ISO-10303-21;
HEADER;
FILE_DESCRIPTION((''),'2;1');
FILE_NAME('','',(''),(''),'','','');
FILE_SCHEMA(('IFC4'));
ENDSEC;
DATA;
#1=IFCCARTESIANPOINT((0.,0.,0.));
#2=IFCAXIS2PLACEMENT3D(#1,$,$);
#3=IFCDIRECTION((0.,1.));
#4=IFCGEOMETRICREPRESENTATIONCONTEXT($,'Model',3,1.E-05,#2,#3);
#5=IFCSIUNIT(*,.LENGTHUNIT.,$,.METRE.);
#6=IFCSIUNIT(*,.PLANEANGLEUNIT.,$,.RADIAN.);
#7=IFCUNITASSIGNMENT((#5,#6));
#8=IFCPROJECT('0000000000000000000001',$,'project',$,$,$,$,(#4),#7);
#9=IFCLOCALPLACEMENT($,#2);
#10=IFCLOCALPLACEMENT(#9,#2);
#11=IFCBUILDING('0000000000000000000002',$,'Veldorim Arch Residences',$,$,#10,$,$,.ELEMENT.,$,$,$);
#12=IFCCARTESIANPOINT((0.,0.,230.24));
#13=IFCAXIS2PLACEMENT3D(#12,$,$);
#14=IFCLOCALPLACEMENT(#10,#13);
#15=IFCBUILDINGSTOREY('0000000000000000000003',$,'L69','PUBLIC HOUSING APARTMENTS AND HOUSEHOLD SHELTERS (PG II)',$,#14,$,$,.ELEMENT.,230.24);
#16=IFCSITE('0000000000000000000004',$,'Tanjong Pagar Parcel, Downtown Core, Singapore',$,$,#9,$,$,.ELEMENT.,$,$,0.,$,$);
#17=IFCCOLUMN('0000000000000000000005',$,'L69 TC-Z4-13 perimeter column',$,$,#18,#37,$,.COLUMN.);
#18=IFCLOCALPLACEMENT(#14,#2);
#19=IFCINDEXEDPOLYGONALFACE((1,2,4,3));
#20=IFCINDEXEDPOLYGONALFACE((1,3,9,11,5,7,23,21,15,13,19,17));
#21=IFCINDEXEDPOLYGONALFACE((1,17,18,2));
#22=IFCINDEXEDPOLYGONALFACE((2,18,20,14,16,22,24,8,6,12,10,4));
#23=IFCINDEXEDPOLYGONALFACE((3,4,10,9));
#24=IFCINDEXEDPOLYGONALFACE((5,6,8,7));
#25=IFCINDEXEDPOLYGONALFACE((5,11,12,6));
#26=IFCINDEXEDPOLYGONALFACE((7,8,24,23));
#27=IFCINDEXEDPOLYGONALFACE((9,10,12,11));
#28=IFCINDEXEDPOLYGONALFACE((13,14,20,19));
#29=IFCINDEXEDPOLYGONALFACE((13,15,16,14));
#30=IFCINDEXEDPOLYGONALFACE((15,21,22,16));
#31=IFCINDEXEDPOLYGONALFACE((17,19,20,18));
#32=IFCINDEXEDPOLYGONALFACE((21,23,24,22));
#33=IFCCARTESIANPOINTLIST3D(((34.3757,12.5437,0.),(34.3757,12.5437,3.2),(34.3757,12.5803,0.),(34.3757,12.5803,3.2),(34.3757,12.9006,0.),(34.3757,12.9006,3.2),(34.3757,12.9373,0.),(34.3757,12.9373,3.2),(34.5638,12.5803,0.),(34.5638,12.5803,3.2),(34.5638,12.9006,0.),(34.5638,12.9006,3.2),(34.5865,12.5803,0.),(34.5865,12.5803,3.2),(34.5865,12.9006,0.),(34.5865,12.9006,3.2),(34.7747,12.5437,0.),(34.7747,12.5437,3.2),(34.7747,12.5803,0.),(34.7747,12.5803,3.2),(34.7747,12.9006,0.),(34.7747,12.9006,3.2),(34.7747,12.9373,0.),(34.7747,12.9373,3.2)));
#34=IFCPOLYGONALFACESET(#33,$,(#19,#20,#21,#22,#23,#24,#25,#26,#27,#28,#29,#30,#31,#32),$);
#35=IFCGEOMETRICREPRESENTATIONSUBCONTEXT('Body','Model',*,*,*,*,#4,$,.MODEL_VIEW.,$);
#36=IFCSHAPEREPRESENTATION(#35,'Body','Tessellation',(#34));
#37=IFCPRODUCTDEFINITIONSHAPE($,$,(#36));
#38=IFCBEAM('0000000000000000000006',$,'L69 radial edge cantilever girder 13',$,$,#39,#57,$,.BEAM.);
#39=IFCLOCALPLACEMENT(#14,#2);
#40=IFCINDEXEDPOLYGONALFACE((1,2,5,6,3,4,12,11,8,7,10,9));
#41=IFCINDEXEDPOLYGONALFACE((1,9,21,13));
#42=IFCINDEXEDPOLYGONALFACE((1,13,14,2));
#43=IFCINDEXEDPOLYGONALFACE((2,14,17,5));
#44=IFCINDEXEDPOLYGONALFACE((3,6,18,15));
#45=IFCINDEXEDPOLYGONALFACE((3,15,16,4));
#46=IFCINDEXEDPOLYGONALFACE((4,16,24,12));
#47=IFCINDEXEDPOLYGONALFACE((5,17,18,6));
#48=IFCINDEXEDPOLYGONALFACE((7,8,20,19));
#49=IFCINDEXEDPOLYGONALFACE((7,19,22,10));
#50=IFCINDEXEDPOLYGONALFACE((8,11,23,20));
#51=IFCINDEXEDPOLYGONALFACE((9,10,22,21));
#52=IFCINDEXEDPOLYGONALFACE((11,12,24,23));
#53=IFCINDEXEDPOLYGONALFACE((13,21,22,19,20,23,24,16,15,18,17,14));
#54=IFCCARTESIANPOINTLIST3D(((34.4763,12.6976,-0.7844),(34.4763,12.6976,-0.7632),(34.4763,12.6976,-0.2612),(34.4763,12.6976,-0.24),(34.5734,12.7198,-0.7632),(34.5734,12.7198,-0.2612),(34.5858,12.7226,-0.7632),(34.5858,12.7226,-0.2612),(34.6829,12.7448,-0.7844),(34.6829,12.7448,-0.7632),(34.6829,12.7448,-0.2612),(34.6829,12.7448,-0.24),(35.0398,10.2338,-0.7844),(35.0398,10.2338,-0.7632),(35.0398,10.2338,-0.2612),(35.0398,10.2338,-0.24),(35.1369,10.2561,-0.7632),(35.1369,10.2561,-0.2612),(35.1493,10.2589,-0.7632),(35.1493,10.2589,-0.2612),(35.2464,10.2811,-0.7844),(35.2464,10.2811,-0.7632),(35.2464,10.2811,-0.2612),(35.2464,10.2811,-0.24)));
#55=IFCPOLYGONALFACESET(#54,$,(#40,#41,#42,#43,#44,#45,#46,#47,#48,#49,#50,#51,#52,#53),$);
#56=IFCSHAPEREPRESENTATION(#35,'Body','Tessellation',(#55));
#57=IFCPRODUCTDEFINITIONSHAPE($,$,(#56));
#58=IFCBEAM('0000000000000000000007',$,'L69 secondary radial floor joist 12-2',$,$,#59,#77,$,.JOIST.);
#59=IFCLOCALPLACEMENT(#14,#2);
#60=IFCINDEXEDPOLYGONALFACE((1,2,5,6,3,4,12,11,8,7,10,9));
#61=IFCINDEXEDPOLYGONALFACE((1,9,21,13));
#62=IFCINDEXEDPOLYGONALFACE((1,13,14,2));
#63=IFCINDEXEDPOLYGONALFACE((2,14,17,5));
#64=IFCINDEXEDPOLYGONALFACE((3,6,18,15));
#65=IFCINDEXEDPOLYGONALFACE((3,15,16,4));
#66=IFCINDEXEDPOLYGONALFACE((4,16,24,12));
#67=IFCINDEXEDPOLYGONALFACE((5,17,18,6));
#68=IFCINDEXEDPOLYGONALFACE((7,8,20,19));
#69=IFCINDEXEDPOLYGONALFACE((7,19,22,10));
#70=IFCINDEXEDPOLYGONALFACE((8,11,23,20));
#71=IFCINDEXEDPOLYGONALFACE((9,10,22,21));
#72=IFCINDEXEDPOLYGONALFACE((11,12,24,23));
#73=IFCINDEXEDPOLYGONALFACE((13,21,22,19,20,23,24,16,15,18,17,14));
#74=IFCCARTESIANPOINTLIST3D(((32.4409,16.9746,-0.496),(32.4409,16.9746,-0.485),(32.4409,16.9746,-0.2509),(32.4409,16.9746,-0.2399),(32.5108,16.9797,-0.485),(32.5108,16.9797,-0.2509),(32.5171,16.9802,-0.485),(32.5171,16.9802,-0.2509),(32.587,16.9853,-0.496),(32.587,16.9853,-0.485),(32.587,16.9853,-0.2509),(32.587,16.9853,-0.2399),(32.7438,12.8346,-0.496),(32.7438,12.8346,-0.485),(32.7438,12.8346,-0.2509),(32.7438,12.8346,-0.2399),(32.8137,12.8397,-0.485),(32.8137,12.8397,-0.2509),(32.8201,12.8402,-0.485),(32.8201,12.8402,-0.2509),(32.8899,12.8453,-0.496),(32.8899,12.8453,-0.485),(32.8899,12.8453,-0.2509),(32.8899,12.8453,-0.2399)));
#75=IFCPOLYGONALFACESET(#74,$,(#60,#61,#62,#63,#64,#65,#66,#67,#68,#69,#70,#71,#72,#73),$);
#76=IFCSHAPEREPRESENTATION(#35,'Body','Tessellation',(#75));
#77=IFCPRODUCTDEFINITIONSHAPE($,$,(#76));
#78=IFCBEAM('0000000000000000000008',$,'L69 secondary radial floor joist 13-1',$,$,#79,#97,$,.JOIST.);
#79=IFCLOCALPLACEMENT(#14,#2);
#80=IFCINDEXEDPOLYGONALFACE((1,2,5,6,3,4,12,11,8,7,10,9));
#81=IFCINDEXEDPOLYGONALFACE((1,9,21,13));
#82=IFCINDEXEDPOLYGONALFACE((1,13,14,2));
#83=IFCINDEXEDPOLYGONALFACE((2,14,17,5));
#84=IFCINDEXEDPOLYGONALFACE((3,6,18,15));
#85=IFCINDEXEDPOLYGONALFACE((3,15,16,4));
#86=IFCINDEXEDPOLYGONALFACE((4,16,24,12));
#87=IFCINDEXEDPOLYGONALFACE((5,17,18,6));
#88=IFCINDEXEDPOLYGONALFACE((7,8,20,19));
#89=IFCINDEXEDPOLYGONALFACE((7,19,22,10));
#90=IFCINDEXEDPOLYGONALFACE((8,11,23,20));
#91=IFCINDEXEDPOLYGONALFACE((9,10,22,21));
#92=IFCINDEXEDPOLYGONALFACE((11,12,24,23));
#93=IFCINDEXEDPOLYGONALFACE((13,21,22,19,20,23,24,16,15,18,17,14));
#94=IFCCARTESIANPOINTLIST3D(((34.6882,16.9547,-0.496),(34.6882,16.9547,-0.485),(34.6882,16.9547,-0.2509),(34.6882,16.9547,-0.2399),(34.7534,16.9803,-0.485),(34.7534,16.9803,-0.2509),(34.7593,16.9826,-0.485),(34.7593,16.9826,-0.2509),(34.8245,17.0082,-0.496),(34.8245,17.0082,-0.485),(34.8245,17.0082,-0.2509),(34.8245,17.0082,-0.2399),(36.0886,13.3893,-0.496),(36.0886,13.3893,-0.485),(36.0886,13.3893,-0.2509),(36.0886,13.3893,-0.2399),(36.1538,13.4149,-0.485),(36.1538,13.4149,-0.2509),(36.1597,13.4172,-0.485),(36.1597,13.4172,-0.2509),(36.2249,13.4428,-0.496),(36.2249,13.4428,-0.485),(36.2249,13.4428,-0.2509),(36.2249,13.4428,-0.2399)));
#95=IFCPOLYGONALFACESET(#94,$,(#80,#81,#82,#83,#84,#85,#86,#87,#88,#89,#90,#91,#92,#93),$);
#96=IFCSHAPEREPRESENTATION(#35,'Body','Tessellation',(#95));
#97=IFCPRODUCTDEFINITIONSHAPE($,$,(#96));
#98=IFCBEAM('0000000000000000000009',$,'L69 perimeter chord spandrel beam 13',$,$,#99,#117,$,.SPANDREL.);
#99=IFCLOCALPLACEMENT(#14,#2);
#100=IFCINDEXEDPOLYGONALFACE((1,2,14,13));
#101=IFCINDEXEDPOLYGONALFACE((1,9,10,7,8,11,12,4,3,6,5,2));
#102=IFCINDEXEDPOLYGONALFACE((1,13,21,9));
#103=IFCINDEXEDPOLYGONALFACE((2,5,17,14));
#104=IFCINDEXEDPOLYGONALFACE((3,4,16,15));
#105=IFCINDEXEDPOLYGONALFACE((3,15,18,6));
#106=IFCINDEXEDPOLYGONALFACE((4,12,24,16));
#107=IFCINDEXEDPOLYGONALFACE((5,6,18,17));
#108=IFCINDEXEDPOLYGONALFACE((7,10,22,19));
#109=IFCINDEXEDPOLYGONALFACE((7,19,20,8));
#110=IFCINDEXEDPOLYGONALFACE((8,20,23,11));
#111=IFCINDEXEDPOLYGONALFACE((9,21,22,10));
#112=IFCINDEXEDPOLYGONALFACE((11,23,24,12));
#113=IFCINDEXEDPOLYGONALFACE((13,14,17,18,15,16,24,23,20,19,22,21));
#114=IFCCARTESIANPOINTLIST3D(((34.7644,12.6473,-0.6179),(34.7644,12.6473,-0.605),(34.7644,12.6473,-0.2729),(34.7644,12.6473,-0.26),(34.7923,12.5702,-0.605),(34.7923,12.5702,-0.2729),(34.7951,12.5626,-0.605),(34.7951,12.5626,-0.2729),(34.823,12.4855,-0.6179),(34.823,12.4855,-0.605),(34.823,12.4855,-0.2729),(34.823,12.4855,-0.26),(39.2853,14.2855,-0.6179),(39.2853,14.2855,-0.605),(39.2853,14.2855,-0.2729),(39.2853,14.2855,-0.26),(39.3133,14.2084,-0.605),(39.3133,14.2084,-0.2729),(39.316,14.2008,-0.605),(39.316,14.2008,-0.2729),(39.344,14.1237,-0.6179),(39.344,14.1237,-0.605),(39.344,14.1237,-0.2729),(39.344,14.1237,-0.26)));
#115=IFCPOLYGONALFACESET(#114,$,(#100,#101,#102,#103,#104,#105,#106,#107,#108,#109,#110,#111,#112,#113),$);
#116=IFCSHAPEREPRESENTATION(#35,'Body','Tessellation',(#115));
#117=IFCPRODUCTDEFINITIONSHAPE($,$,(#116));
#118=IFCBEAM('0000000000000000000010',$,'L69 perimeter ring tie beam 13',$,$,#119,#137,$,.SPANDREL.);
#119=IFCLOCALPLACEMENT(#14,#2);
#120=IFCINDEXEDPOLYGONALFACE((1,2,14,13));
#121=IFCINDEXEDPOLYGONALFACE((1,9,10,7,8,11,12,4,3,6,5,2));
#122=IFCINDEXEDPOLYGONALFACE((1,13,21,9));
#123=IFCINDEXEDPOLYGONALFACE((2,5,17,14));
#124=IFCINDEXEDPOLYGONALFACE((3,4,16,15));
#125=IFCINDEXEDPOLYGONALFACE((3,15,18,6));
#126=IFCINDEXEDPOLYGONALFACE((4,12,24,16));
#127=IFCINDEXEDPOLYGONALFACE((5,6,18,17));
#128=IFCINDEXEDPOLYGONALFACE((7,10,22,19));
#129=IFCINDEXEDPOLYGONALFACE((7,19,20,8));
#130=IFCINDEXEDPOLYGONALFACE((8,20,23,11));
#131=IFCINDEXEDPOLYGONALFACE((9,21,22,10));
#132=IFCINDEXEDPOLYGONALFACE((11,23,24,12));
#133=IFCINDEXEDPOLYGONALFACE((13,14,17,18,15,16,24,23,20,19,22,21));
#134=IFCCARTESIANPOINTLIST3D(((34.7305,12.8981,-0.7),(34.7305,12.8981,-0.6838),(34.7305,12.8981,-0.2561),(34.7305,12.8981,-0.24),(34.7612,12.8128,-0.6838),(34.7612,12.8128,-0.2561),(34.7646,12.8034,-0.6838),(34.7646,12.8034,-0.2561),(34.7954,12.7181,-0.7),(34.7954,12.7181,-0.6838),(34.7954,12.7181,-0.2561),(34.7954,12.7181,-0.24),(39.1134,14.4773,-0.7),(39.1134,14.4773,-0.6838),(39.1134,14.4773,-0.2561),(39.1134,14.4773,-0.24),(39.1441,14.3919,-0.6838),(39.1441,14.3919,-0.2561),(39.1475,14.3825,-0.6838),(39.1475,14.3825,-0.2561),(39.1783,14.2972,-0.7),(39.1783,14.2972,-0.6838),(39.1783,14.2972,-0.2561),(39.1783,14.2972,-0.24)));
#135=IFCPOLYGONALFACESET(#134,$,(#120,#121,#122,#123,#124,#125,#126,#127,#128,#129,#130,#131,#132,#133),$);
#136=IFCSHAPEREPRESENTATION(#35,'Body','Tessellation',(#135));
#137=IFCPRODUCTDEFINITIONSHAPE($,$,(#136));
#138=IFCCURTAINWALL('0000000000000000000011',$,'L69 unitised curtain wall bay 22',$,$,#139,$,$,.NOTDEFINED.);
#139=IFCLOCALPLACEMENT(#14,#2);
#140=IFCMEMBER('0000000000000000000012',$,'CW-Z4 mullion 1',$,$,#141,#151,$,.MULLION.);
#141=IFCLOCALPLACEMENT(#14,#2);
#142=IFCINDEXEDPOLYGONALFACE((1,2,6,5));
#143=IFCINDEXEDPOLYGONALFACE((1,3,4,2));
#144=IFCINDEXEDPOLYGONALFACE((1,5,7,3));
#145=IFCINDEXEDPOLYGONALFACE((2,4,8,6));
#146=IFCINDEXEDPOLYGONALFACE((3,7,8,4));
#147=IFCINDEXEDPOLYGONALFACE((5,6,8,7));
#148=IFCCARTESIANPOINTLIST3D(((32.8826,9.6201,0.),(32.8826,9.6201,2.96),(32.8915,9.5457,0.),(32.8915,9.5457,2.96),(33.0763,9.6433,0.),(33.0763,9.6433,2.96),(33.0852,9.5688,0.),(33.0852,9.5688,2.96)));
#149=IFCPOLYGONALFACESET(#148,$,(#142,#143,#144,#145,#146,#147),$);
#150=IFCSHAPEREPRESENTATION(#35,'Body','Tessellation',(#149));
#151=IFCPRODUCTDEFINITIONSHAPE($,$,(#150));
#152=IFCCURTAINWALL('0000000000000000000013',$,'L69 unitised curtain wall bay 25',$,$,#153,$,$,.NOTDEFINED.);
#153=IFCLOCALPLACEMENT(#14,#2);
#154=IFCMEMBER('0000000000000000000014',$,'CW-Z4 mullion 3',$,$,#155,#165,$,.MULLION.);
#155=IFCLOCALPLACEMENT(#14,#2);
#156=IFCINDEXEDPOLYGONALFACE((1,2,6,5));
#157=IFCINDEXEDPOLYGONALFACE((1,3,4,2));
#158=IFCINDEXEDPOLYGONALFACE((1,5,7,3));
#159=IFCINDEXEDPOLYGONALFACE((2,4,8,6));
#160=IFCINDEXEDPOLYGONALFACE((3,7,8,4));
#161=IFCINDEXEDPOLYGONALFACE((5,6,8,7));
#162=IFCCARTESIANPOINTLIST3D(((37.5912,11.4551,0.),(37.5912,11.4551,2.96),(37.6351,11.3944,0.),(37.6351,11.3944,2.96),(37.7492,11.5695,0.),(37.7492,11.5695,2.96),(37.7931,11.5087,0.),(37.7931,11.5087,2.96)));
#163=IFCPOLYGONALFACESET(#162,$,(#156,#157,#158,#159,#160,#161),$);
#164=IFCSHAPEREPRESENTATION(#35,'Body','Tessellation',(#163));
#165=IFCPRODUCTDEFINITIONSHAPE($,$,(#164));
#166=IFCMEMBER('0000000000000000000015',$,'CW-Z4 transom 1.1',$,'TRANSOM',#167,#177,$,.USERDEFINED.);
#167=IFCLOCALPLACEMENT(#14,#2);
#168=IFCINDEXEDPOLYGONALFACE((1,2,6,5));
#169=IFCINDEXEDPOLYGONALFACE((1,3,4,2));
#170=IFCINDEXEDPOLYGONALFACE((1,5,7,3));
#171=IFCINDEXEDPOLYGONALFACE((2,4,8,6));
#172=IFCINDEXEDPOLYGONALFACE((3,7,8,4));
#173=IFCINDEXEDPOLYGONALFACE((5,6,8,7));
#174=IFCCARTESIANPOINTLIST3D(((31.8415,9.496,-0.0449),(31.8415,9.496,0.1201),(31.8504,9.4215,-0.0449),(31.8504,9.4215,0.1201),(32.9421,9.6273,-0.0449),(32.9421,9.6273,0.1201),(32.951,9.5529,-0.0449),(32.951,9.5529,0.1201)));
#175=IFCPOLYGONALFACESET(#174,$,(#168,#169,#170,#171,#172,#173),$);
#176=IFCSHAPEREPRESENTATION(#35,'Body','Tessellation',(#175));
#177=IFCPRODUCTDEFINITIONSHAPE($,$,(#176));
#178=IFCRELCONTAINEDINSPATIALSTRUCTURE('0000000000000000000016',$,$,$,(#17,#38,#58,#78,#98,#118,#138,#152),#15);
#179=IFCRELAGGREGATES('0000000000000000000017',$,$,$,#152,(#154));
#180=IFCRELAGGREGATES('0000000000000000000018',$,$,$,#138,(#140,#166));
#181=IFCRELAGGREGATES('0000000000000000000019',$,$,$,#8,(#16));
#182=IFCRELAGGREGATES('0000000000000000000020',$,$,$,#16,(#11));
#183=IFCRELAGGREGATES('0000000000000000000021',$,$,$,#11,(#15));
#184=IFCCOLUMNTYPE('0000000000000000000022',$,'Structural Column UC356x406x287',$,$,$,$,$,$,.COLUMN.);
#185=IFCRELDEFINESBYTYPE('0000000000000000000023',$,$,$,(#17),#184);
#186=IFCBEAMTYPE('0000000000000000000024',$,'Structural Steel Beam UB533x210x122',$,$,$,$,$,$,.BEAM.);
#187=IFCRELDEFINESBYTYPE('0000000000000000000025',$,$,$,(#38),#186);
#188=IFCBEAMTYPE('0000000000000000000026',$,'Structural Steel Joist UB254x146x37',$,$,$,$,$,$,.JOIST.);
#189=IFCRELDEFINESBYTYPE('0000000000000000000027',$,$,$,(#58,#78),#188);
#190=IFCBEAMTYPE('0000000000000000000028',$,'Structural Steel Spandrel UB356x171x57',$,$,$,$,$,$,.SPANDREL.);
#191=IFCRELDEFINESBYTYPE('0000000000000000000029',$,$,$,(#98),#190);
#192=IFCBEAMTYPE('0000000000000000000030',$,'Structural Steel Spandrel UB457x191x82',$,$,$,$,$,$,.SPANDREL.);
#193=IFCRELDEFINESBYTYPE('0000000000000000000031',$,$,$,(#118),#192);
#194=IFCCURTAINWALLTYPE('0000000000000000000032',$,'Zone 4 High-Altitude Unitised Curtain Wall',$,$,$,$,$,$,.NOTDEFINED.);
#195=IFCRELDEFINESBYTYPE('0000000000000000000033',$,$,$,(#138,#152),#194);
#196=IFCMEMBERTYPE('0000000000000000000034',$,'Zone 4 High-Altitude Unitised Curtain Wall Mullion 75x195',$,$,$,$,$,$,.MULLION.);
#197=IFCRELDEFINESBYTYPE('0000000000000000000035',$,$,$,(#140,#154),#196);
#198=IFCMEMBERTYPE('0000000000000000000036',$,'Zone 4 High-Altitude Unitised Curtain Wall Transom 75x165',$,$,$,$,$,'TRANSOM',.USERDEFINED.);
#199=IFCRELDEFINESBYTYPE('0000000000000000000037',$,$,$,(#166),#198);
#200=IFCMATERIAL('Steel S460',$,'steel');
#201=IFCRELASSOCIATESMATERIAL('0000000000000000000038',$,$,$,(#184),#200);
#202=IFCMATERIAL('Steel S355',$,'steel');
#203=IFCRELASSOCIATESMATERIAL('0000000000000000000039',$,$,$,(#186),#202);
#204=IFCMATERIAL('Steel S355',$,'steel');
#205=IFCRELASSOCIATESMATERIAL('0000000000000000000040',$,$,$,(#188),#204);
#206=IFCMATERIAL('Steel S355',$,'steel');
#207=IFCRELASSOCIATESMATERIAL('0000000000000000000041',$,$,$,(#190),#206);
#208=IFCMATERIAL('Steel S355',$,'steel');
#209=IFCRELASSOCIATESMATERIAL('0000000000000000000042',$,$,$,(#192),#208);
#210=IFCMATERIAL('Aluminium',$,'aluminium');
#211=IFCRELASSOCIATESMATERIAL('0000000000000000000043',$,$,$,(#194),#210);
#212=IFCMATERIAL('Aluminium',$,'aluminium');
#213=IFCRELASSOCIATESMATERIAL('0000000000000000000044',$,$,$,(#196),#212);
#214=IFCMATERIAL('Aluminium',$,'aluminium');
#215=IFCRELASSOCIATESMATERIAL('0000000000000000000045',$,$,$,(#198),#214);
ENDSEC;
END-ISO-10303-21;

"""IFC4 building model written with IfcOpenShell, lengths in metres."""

from ifc_helpers import new_model, si_unit, direction, frame, origin, origin_2d, place, context, subcontext, project, spatial, rectangle, i_section, extrude, material, material_profile, profile_set, type_object, element, aggregate, save


model = new_model("IFC4")

# Units and contexts
model_context = context("Model", 3, precision=1e-05, world=origin(), true_north=direction((0.0, 1.0)))
body_context = subcontext(model_context, "Body", "Model", "MODEL_VIEW")
ifc_project = project(units=[si_unit("LENGTHUNIT", "METRE"), si_unit("PLANEANGLEUNIT", "RADIAN")], contexts=[model_context])

# Site, building, storey
site_placement = place(None, origin())
site = spatial("IfcSite", under=ifc_project, at=site_placement, Name="Tanjong Pagar Parcel, Downtown Core, Singapore", CompositionType="ELEMENT", RefElevation=0.0)
building_placement = place(site_placement, origin())
building = spatial("IfcBuilding", under=site, at=building_placement, Name="Veldorim Arch Residences", CompositionType="ELEMENT")
storey_placement = place(building_placement, frame((0.0, 0.0, 230.24)))
storey = spatial("IfcBuildingStorey", under=building, at=storey_placement, Name="L69", Description="PUBLIC HOUSING APARTMENTS AND HOUSEHOLD SHELTERS (PG II)", CompositionType="ELEMENT", Elevation=230.24)

# Column
ifc_material_1 = material(Name="Steel S460", Category="steel")
ifc_material_profile_1 = material_profile(ifc_material_1, i_section(OverallWidth=0.3989, OverallDepth=0.3936, WebThickness=0.0227, FlangeThickness=0.0366, at=origin_2d()), Name="UC356x406x287")
ifc_profile_set_1 = profile_set([ifc_material_profile_1], Name="Steel S460")
column_type = type_object("IfcColumnType", Name="Structural Column UC356x406x287", PredefinedType="COLUMN", material=ifc_profile_set_1)
column_placement = place(storey_placement, frame((34.5752, 12.7405, 0.0), z_axis=(0.0, 0.0, 1.0), x_axis=(1.0, 0.0, 0.0)))
element("IfcColumn", 1, at=column_placement, inside=storey, type_object=column_type, Name="L69 TC-Z4-13 perimeter column", PredefinedType="COLUMN", context=body_context, shape_type="SweptSolid", body=[
    extrude(i_section(OverallWidth=0.3989, OverallDepth=0.3936, WebThickness=0.0227, FlangeThickness=0.0366, at=origin_2d()), origin(), (0.0, 0.0, 1.0), 3.2),
])

# Beams
ifc_material_2 = material(Name="Steel S355", Category="steel")
ifc_material_profile_2 = material_profile(ifc_material_2, i_section(OverallWidth=0.2119, OverallDepth=0.5444, WebThickness=0.0127, FlangeThickness=0.0212, at=origin_2d()), Name="UB533x210x122")
ifc_profile_set_2 = profile_set([ifc_material_profile_2], Name="Steel S355")
beam_type_1 = type_object("IfcBeamType", Name="Structural Steel Beam UB533x210x122", PredefinedType="BEAM", material=ifc_profile_set_2)
beam_1_placement = place(storey_placement, frame((34.5796, 12.7212, -0.5122), z_axis=(0.222961, -0.974827, 0.0), x_axis=(0.974827, 0.222961, 0.0)))
element("IfcBeam", 2, at=beam_1_placement, inside=storey, type_object=beam_type_1, Name="L69 radial edge cantilever girder 13", PredefinedType="BEAM", context=body_context, shape_type="SweptSolid", body=[
    extrude(i_section(OverallWidth=0.2119, OverallDepth=0.5444, WebThickness=0.0127, FlangeThickness=0.0212, at=origin_2d()), origin(), (0.0, 0.0, 1.0), 2.5273),
])
ifc_material_3 = material(Name="Steel S355", Category="steel")
ifc_material_profile_3 = material_profile(ifc_material_3, i_section(OverallWidth=0.1465, OverallDepth=0.2561, WebThickness=0.0063, FlangeThickness=0.011, at=origin_2d()), Name="UB254x146x37")
ifc_profile_set_3 = profile_set([ifc_material_profile_3], Name="Steel S355")
beam_type_2 = type_object("IfcBeamType", Name="Structural Steel Joist UB254x146x37", PredefinedType="JOIST", material=ifc_profile_set_3)
beam_2_placement = place(storey_placement, frame((32.5139, 16.98, -0.3679), z_axis=(0.072986, -0.997333, 0.0), x_axis=(0.997333, 0.072986, 0.0)))
element("IfcBeam", 3, at=beam_2_placement, inside=storey, type_object=beam_type_2, Name="L69 secondary radial floor joist 12-2", PredefinedType="JOIST", context=body_context, shape_type="SweptSolid", body=[
    extrude(i_section(OverallWidth=0.1465, OverallDepth=0.2561, WebThickness=0.0063, FlangeThickness=0.011, at=origin_2d()), origin(), (0.0, 0.0, 1.0), 4.1511),
])
beam_3_placement = place(storey_placement, frame((34.7563, 16.9814, -0.3679), z_axis=(0.365581, -0.930779, 0.0), x_axis=(0.930779, 0.365581, 0.0)))
element("IfcBeam", 4, at=beam_3_placement, inside=storey, type_object=beam_type_2, Name="L69 secondary radial floor joist 13-1", PredefinedType="JOIST", context=body_context, shape_type="SweptSolid", body=[
    extrude(i_section(OverallWidth=0.1465, OverallDepth=0.2561, WebThickness=0.0063, FlangeThickness=0.011, at=origin_2d()), origin(), (0.0, 0.0, 1.0), 3.8306),
])
ifc_material_4 = material(Name="Steel S355", Category="steel")
ifc_material_profile_4 = material_profile(ifc_material_4, i_section(OverallWidth=0.1721, OverallDepth=0.3579, WebThickness=0.0081, FlangeThickness=0.0129, at=origin_2d()), Name="UB356x171x57")
ifc_profile_set_4 = profile_set([ifc_material_profile_4], Name="Steel S355")
beam_type_3 = type_object("IfcBeamType", Name="Structural Steel Spandrel UB356x171x57", PredefinedType="SPANDREL", material=ifc_profile_set_4)
beam_4_placement = place(storey_placement, frame((34.7937, 12.5664, -0.439), z_axis=(0.940181, 0.340675, 0.0), x_axis=(-0.340675, 0.940181, 0.0)))
element("IfcBeam", 5, at=beam_4_placement, inside=storey, type_object=beam_type_3, Name="L69 perimeter chord spandrel beam 13", PredefinedType="SPANDREL", context=body_context, shape_type="SweptSolid", body=[
    extrude(i_section(OverallWidth=0.1721, OverallDepth=0.3579, WebThickness=0.0081, FlangeThickness=0.0129, at=origin_2d()), origin(), (0.0, 0.0, 1.0), 4.8086),
])
ifc_material_5 = material(Name="Steel S355", Category="steel")
ifc_material_profile_5 = material_profile(ifc_material_5, i_section(OverallWidth=0.1914, OverallDepth=0.46, WebThickness=0.01, FlangeThickness=0.0161, at=origin_2d()), Name="UB457x191x82")
ifc_profile_set_5 = profile_set([ifc_material_profile_5], Name="Steel S355")
beam_type_4 = type_object("IfcBeamType", Name="Structural Steel Spandrel UB457x191x82", PredefinedType="SPANDREL", material=ifc_profile_set_5)
beam_5_placement = place(storey_placement, frame((34.7629, 12.8081, -0.47), z_axis=(0.940799, 0.338964, 0.0), x_axis=(-0.338964, 0.940799, 0.0)))
element("IfcBeam", 6, at=beam_5_placement, inside=storey, type_object=beam_type_4, Name="L69 perimeter ring tie beam 13", PredefinedType="SPANDREL", context=body_context, shape_type="SweptSolid", body=[
    extrude(i_section(OverallWidth=0.1914, OverallDepth=0.46, WebThickness=0.01, FlangeThickness=0.0161, at=origin_2d()), origin(), (0.0, 0.0, 1.0), 4.6587),
])

# Curtain walls, members
ifc_material_6 = material(Name="Aluminium", Category="aluminium")
curtain_wall_type = type_object("IfcCurtainWallType", Name="Zone 4 High-Altitude Unitised Curtain Wall", PredefinedType="NOTDEFINED", material=ifc_material_6)
curtain_wall_1_placement = place(storey_placement, origin())
curtain_wall_1 = element("IfcCurtainWall", 7, at=curtain_wall_1_placement, inside=storey, type_object=curtain_wall_type, Name="L69 unitised curtain wall bay 22", PredefinedType="NOTDEFINED")
ifc_material_7 = material(Name="Aluminium", Category="aluminium")
ifc_material_profile_6 = material_profile(ifc_material_7, rectangle(XDim=0.075, YDim=0.1951, at=origin_2d()), Name="ALU_MUL_75x195")
ifc_profile_set_6 = profile_set([ifc_material_profile_6], Name="Aluminium")
member_type_1 = type_object("IfcMemberType", Name="Zone 4 High-Altitude Unitised Curtain Wall Mullion 75x195", PredefinedType="MULLION", material=ifc_profile_set_6)
member_1_placement = place(storey_placement, frame((32.9839, 9.5945, 0.0), z_axis=(0.0, 0.0, 1.0), x_axis=(0.118509, -0.992953, 0.0)))
member_1 = element("IfcMember", 8, at=member_1_placement, type_object=member_type_1, Name="CW-Z4 mullion 1", PredefinedType="MULLION", context=body_context, shape_type="SweptSolid", body=[
    extrude(rectangle(XDim=0.075, YDim=0.1951, at=origin_2d()), origin(), (0.0, 0.0, 1.0), 2.96),
])
curtain_wall_2_placement = place(storey_placement, origin())
curtain_wall_2 = element("IfcCurtainWall", 9, at=curtain_wall_2_placement, inside=storey, type_object=curtain_wall_type, Name="L69 unitised curtain wall bay 25", PredefinedType="NOTDEFINED")
member_2_placement = place(storey_placement, frame((37.6921, 11.4819, 0.0), z_axis=(0.0, 0.0, 1.0), x_axis=(0.586226, -0.810148, 0.0)))
member_2 = element("IfcMember", 10, at=member_2_placement, type_object=member_type_1, Name="CW-Z4 mullion 3", PredefinedType="MULLION", context=body_context, shape_type="SweptSolid", body=[
    extrude(rectangle(XDim=0.075, YDim=0.1951, at=origin_2d()), origin(), (0.0, 0.0, 1.0), 2.96),
])
aggregate(curtain_wall_2, [member_2])

# Member
ifc_material_8 = material(Name="Aluminium", Category="aluminium")
ifc_material_profile_7 = material_profile(ifc_material_8, rectangle(XDim=0.075, YDim=0.165, at=origin_2d()), Name="ALU_TRN_75x165")
ifc_profile_set_7 = profile_set([ifc_material_profile_7], Name="Aluminium")
member_type_2 = type_object("IfcMemberType", Name="Zone 4 High-Altitude Unitised Curtain Wall Transom 75x165", ElementType="TRANSOM", PredefinedType="USERDEFINED", material=ifc_profile_set_7)
member_3_placement = place(storey_placement, frame((32.9465, 9.5901, 0.0376), z_axis=(-0.992954, -0.118502, 0.0), x_axis=(0.118502, -0.992954, 0.0)))
member_3 = element("IfcMember", 11, at=member_3_placement, type_object=member_type_2, Name="CW-Z4 transom 1.1", ObjectType="TRANSOM", PredefinedType="USERDEFINED", context=body_context, shape_type="SweptSolid", body=[
    extrude(rectangle(XDim=0.075, YDim=0.165, at=origin_2d()), origin(), (0.0, 0.0, 1.0), 1.1084),
])

aggregate(curtain_wall_1, [member_1, member_3])

save(model, "model.ifc")
